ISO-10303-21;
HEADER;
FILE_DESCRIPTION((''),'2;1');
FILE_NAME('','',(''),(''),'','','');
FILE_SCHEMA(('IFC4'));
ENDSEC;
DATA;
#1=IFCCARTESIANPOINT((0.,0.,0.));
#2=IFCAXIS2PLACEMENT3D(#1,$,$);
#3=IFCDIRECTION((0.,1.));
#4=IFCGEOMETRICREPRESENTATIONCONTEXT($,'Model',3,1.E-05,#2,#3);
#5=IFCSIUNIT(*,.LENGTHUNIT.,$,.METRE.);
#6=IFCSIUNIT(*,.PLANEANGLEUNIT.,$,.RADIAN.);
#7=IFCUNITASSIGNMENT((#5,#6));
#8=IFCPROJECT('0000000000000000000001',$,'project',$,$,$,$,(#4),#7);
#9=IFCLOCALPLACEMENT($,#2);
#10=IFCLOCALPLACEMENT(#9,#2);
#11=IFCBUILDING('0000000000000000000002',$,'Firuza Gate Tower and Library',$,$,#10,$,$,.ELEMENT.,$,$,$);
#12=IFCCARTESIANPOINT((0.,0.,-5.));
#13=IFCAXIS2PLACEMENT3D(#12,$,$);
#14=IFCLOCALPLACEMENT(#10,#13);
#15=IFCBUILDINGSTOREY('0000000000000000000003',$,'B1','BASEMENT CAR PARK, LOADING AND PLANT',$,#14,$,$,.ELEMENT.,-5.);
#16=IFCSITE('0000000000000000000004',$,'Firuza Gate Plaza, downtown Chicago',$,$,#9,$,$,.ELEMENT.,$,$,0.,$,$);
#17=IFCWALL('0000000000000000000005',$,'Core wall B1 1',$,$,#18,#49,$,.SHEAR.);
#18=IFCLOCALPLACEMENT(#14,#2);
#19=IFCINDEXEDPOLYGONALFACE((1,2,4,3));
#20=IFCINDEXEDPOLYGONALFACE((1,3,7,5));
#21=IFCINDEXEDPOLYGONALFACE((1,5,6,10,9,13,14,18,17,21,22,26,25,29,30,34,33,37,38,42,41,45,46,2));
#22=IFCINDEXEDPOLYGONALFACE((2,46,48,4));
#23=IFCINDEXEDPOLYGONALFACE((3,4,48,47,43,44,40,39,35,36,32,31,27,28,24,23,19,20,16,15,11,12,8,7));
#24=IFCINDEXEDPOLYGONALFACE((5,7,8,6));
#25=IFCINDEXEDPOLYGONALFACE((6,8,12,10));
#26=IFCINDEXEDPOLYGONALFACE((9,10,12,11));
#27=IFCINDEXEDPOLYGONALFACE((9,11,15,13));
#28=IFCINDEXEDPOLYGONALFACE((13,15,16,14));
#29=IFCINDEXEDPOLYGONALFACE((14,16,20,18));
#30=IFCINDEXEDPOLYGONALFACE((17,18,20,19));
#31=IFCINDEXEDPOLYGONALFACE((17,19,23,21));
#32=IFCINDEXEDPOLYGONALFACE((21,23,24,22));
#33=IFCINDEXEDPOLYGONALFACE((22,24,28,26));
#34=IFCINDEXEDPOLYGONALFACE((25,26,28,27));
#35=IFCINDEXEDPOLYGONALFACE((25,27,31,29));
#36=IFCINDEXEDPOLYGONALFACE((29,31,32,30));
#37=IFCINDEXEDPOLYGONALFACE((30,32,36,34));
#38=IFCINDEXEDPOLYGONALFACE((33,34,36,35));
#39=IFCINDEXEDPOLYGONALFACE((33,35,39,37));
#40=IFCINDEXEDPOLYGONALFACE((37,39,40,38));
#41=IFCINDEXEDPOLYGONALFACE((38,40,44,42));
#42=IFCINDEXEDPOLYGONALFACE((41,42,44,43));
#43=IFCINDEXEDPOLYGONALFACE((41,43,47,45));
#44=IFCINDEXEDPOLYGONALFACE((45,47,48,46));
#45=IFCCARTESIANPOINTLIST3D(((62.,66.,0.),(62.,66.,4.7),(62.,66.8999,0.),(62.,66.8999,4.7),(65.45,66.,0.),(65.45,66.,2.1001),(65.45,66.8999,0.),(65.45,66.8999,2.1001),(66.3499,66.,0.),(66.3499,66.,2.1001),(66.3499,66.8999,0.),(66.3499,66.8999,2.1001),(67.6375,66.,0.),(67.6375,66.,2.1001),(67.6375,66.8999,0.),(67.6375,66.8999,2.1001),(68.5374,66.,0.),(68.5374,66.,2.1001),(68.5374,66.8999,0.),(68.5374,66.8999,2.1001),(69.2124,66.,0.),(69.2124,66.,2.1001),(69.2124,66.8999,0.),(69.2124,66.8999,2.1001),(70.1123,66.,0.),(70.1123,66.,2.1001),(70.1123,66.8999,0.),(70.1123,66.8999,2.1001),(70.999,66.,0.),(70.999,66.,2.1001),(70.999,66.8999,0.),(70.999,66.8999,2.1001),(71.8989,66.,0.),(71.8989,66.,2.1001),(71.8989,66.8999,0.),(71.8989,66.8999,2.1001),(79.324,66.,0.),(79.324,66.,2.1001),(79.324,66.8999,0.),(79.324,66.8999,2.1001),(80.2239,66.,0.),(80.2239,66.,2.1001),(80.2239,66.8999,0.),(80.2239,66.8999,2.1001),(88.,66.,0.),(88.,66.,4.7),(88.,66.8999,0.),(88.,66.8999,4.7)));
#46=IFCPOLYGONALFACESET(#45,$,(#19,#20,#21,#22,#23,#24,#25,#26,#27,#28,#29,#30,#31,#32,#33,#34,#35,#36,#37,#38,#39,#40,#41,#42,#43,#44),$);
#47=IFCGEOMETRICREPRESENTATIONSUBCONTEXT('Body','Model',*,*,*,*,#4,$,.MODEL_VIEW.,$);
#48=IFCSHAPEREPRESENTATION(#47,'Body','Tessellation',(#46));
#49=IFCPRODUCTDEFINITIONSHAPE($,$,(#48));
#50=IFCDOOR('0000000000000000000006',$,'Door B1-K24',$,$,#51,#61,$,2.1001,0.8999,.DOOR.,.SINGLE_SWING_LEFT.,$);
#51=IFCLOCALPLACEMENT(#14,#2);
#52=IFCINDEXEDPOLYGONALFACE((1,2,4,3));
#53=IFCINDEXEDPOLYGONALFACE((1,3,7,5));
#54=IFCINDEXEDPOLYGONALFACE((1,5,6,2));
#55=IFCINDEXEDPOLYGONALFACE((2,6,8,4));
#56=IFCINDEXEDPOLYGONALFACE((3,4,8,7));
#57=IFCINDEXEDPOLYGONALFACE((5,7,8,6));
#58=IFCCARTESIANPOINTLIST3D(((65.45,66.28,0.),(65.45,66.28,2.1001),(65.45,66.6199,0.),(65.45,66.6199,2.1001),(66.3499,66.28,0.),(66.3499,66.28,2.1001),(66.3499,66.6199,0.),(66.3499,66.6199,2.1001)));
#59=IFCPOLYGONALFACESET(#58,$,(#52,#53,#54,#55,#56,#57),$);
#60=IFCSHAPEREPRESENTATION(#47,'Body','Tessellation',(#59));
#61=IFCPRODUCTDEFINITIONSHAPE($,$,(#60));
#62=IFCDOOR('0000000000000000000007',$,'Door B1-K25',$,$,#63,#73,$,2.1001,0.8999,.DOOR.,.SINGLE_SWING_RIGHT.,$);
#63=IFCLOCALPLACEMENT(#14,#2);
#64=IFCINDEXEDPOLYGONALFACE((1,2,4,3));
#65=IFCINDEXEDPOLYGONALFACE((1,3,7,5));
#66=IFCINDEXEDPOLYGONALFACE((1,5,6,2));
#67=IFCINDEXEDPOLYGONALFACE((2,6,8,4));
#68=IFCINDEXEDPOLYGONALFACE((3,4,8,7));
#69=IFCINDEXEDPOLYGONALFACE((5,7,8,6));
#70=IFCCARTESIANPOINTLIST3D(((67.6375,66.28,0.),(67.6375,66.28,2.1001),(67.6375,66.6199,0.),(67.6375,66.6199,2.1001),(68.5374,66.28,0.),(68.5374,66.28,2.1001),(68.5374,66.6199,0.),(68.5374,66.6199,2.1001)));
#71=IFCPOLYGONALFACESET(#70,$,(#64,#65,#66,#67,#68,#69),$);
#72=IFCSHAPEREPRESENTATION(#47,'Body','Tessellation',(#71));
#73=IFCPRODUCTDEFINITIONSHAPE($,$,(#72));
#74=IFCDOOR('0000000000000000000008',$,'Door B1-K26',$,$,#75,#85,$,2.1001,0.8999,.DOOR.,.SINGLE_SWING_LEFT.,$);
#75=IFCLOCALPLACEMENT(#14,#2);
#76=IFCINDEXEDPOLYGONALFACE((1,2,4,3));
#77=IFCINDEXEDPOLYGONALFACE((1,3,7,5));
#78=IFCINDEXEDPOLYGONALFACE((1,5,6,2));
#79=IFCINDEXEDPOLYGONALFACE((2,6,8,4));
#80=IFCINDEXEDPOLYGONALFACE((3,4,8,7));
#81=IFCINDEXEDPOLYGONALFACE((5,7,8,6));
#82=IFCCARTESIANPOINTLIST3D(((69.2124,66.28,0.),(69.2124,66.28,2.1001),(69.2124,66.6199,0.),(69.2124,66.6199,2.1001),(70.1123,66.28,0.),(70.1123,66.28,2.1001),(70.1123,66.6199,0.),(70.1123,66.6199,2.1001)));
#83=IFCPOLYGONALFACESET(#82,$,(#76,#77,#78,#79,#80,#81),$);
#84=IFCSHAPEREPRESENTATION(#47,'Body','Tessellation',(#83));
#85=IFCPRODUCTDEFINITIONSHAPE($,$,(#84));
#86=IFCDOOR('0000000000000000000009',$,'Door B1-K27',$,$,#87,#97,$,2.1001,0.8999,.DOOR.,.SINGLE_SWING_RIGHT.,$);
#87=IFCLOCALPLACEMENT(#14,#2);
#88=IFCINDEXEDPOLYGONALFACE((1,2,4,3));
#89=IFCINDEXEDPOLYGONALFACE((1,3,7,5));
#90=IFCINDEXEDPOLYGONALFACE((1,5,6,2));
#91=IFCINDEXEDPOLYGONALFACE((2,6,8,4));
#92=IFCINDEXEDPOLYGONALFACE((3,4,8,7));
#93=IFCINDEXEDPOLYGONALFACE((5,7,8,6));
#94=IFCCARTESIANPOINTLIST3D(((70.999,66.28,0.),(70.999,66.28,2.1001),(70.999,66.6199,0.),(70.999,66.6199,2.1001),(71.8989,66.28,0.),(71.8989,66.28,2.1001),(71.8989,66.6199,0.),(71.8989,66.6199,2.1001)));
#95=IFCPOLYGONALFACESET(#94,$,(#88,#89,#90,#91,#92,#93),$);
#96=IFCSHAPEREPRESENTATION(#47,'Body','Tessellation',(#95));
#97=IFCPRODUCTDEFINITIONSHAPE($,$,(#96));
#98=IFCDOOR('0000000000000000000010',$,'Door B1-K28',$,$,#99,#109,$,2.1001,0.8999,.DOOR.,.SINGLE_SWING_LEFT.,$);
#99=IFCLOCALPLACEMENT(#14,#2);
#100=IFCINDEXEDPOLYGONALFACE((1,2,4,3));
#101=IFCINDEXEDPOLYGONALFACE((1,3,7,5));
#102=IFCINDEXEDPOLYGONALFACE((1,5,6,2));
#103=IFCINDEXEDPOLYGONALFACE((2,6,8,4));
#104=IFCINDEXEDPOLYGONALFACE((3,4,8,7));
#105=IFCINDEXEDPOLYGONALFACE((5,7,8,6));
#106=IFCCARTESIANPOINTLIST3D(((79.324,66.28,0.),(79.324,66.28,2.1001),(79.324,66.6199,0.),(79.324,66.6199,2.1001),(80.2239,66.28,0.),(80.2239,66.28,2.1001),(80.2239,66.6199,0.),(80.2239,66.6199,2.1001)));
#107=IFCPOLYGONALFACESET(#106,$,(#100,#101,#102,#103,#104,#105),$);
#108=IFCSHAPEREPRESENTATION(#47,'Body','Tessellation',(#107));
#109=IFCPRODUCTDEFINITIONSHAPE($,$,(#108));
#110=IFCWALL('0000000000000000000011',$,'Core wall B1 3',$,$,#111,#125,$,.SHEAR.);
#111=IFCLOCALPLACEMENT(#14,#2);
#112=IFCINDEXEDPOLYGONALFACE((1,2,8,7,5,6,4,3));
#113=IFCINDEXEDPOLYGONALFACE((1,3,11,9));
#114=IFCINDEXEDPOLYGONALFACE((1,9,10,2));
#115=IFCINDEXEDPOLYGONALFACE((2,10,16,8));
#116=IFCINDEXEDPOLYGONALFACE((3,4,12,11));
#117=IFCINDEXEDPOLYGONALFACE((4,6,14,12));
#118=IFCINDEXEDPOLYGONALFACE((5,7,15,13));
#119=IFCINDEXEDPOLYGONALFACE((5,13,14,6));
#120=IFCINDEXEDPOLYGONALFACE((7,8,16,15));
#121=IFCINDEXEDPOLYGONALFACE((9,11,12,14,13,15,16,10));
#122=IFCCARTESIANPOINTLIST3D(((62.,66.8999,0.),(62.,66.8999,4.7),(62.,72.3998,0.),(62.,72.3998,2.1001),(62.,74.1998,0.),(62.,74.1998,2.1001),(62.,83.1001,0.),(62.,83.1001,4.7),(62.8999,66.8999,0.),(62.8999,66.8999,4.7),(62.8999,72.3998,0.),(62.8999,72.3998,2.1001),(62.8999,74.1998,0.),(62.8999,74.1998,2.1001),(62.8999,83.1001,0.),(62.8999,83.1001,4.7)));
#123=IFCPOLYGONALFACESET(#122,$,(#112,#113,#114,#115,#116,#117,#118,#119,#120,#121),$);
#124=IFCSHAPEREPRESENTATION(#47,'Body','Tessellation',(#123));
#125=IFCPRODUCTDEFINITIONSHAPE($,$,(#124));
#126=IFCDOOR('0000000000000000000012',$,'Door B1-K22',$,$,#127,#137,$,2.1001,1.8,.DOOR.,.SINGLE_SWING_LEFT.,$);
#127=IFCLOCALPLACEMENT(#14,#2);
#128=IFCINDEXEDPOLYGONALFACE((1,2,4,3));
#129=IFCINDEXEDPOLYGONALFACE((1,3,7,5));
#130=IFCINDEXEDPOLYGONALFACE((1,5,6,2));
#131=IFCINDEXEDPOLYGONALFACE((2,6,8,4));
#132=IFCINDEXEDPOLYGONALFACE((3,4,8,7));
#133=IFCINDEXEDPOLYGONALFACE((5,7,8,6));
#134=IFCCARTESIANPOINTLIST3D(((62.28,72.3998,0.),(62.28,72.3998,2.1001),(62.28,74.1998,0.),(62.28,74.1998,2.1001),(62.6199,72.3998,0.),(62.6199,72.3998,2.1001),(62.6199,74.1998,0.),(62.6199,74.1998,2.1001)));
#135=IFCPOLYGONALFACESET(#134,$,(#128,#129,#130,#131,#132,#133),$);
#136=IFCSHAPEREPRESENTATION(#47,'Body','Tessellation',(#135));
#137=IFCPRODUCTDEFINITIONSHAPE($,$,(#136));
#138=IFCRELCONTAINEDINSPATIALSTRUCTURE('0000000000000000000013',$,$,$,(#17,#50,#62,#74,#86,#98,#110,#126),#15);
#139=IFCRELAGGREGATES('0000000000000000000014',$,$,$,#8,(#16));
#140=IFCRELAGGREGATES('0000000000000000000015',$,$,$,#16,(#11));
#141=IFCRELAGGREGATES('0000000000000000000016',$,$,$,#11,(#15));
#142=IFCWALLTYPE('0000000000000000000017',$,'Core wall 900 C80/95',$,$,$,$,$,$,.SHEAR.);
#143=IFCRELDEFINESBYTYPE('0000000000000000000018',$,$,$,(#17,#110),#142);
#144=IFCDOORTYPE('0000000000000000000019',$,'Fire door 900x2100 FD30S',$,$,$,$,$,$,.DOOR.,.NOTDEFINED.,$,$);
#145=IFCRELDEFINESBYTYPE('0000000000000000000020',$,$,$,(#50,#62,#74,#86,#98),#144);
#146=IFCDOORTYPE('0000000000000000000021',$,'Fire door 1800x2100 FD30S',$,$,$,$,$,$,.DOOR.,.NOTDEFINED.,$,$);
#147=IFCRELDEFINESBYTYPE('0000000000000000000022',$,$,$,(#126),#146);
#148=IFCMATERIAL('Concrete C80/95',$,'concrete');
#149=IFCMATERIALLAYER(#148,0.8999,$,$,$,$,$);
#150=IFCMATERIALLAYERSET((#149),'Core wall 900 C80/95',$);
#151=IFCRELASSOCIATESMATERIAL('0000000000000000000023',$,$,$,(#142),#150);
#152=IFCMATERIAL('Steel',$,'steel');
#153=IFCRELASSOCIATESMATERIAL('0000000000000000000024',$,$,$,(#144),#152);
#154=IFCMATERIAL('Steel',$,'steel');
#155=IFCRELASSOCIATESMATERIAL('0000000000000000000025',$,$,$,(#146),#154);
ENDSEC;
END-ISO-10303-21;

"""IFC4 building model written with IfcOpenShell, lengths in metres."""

from ifc_helpers import new_model, si_unit, direction, frame, frame_2d, origin, place, context, subcontext, project, spatial, rectangle, extrude, material, layer, layer_set, type_object, element, fill, save


model = new_model("IFC4")

# Units and contexts
model_context = context("Model", 3, precision=1e-05, world=origin(), true_north=direction((0.0, 1.0)))
body_context = subcontext(model_context, "Body", "Model", "MODEL_VIEW")
ifc_project = project(units=[si_unit("LENGTHUNIT", "METRE"), si_unit("PLANEANGLEUNIT", "RADIAN")], contexts=[model_context])

# Site, building, storey
site_placement = place(None, origin())
site = spatial("IfcSite", under=ifc_project, at=site_placement, Name="Firuza Gate Plaza, downtown Chicago", CompositionType="ELEMENT", RefElevation=0.0)
building_placement = place(site_placement, origin())
building = spatial("IfcBuilding", under=site, at=building_placement, Name="Firuza Gate Tower and Library", CompositionType="ELEMENT")
storey_placement = place(building_placement, frame((0.0, 0.0, -5.0)))
storey = spatial("IfcBuildingStorey", under=building, at=storey_placement, Name="B1", Description="BASEMENT CAR PARK, LOADING AND PLANT", CompositionType="ELEMENT", Elevation=-5.0)

# Wall, openings, doors
ifc_material_1 = material(Name="Concrete C80/95", Category="concrete")
ifc_layer_1 = layer(ifc_material_1, 0.8999)
ifc_layer_set_1 = layer_set([ifc_layer_1], Name="Core wall 900 C80/95")
wall_type_1 = type_object("IfcWallType", Name="Core wall 900 C80/95", PredefinedType="SHEAR", material=ifc_layer_set_1)
wall_1_placement = place(storey_placement, frame((62.0, 66.45, 0.0), z_axis=(0.0, 0.0, 1.0), x_axis=(1.0, 0.0, 0.0)))
wall_1 = element("IfcWall", 1, at=wall_1_placement, inside=storey, type_object=wall_type_1, Name="Core wall B1 1", PredefinedType="SHEAR", context=body_context, shape_type="SweptSolid", body=[
    extrude(rectangle(XDim=26.0, YDim=0.8999, at=frame_2d((13.0, 0.0))), origin(), (0.0, 0.0, 1.0), 4.7),
])
opening_1_placement = place(wall_1_placement, frame((3.45, 0.0, 0.0)))
opening_1 = element("IfcOpeningElement", 2, at=opening_1_placement, cuts=wall_1, PredefinedType="OPENING", context=body_context, shape_type="SweptSolid", body=[
    extrude(rectangle(XDim=0.8999, YDim=2.1001, at=frame_2d((0.45, 1.05))), frame((0.0, 0.46, 0.0), z_axis=(0.0, -1.0, 0.0), x_axis=(1.0, 0.0, 0.0)), (0.0, 0.0, 1.0), 0.9199),
])
opening_2_placement = place(wall_1_placement, frame((5.6375, 0.0, 0.0)))
opening_2 = element("IfcOpeningElement", 3, at=opening_2_placement, cuts=wall_1, PredefinedType="OPENING", context=body_context, shape_type="SweptSolid", body=[
    extrude(rectangle(XDim=0.8999, YDim=2.1001, at=frame_2d((0.45, 1.05))), frame((0.0, 0.46, 0.0), z_axis=(0.0, -1.0, 0.0), x_axis=(1.0, 0.0, 0.0)), (0.0, 0.0, 1.0), 0.9199),
])
opening_3_placement = place(wall_1_placement, frame((7.2124, 0.0, 0.0)))
opening_3 = element("IfcOpeningElement", 4, at=opening_3_placement, cuts=wall_1, PredefinedType="OPENING", context=body_context, shape_type="SweptSolid", body=[
    extrude(rectangle(XDim=0.8999, YDim=2.1001, at=frame_2d((0.45, 1.05))), frame((0.0, 0.46, 0.0), z_axis=(0.0, -1.0, 0.0), x_axis=(1.0, 0.0, 0.0)), (0.0, 0.0, 1.0), 0.9199),
])
opening_4_placement = place(wall_1_placement, frame((8.999, 0.0, 0.0)))
opening_4 = element("IfcOpeningElement", 5, at=opening_4_placement, cuts=wall_1, PredefinedType="OPENING", context=body_context, shape_type="SweptSolid", body=[
    extrude(rectangle(XDim=0.8999, YDim=2.1001, at=frame_2d((0.45, 1.05))), frame((0.0, 0.46, 0.0), z_axis=(0.0, -1.0, 0.0), x_axis=(1.0, 0.0, 0.0)), (0.0, 0.0, 1.0), 0.9199),
])
opening_5_placement = place(wall_1_placement, frame((17.324, 0.0, 0.0)))
opening_5 = element("IfcOpeningElement", 6, at=opening_5_placement, cuts=wall_1, PredefinedType="OPENING", context=body_context, shape_type="SweptSolid", body=[
    extrude(rectangle(XDim=0.8999, YDim=2.1001, at=frame_2d((0.45, 1.05))), frame((0.0, 0.46, 0.0), z_axis=(0.0, -1.0, 0.0), x_axis=(1.0, 0.0, 0.0)), (0.0, 0.0, 1.0), 0.9199),
])
ifc_material_2 = material(Name="Steel", Category="steel")
door_type_1 = type_object("IfcDoorType", Name="Fire door 900x2100 FD30S", OperationType="NOTDEFINED", PredefinedType="DOOR", material=ifc_material_2)
door_1_placement = place(opening_1_placement, origin())
door_1 = element("IfcDoor", 7, at=door_1_placement, inside=storey, type_object=door_type_1, Name="Door B1-K24", OperationType="SINGLE_SWING_LEFT", OverallHeight=2.1001, OverallWidth=0.8999, PredefinedType="DOOR", context=body_context, shape_type="SweptSolid", body=[
    extrude(rectangle(XDim=0.8999, YDim=2.1001, at=frame_2d((0.45, 1.05))), frame((0.0, 0.1699, 0.0), z_axis=(0.0, -1.0, 0.0), x_axis=(1.0, 0.0, 0.0)), (0.0, 0.0, 1.0), 0.3398),
])
fill(opening_1, door_1)
door_2_placement = place(opening_2_placement, origin())
door_2 = element("IfcDoor", 8, at=door_2_placement, inside=storey, type_object=door_type_1, Name="Door B1-K25", OperationType="SINGLE_SWING_RIGHT", OverallHeight=2.1001, OverallWidth=0.8999, PredefinedType="DOOR", context=body_context, shape_type="SweptSolid", body=[
    extrude(rectangle(XDim=0.8999, YDim=2.1001, at=frame_2d((0.45, 1.05))), frame((0.0, 0.1699, 0.0), z_axis=(0.0, -1.0, 0.0), x_axis=(1.0, 0.0, 0.0)), (0.0, 0.0, 1.0), 0.3398),
])
fill(opening_2, door_2)
door_3_placement = place(opening_3_placement, origin())
door_3 = element("IfcDoor", 9, at=door_3_placement, inside=storey, type_object=door_type_1, Name="Door B1-K26", OperationType="SINGLE_SWING_LEFT", OverallHeight=2.1001, OverallWidth=0.8999, PredefinedType="DOOR", context=body_context, shape_type="SweptSolid", body=[
    extrude(rectangle(XDim=0.8999, YDim=2.1001, at=frame_2d((0.45, 1.05))), frame((0.0, 0.1699, 0.0), z_axis=(0.0, -1.0, 0.0), x_axis=(1.0, 0.0, 0.0)), (0.0, 0.0, 1.0), 0.3398),
])
fill(opening_3, door_3)
door_4_placement = place(opening_4_placement, origin())
door_4 = element("IfcDoor", 10, at=door_4_placement, inside=storey, type_object=door_type_1, Name="Door B1-K27", OperationType="SINGLE_SWING_RIGHT", OverallHeight=2.1001, OverallWidth=0.8999, PredefinedType="DOOR", context=body_context, shape_type="SweptSolid", body=[
    extrude(rectangle(XDim=0.8999, YDim=2.1001, at=frame_2d((0.45, 1.05))), frame((0.0, 0.1699, 0.0), z_axis=(0.0, -1.0, 0.0), x_axis=(1.0, 0.0, 0.0)), (0.0, 0.0, 1.0), 0.3398),
])
fill(opening_4, door_4)
door_5_placement = place(opening_5_placement, origin())
door_5 = element("IfcDoor", 11, at=door_5_placement, inside=storey, type_object=door_type_1, Name="Door B1-K28", OperationType="SINGLE_SWING_LEFT", OverallHeight=2.1001, OverallWidth=0.8999, PredefinedType="DOOR", context=body_context, shape_type="SweptSolid", body=[
    extrude(rectangle(XDim=0.8999, YDim=2.1001, at=frame_2d((0.45, 1.05))), frame((0.0, 0.1699, 0.0), z_axis=(0.0, -1.0, 0.0), x_axis=(1.0, 0.0, 0.0)), (0.0, 0.0, 1.0), 0.3398),
])
fill(opening_5, door_5)

# Wall, opening, door
wall_2_placement = place(storey_placement, frame((62.45, 66.8999, 0.0), z_axis=(0.0, 0.0, 1.0), x_axis=(0.0, 1.0, 0.0)))
wall_2 = element("IfcWall", 12, at=wall_2_placement, inside=storey, type_object=wall_type_1, Name="Core wall B1 3", PredefinedType="SHEAR", context=body_context, shape_type="SweptSolid", body=[
    extrude(rectangle(XDim=16.2002, YDim=0.8999, at=frame_2d((8.1001, 0.0))), origin(), (0.0, 0.0, 1.0), 4.7),
])
opening_6_placement = place(wall_2_placement, frame((5.5, 0.0, 0.0)))
opening_6 = element("IfcOpeningElement", 13, at=opening_6_placement, cuts=wall_2, PredefinedType="OPENING", context=body_context, shape_type="SweptSolid", body=[
    extrude(rectangle(XDim=1.8, YDim=2.1001, at=frame_2d((0.8999, 1.05))), frame((0.0, 0.46, 0.0), z_axis=(0.0, -1.0, 0.0), x_axis=(1.0, 0.0, 0.0)), (0.0, 0.0, 1.0), 0.9199),
])
ifc_material_3 = material(Name="Steel", Category="steel")
door_type_2 = type_object("IfcDoorType", Name="Fire door 1800x2100 FD30S", OperationType="NOTDEFINED", PredefinedType="DOOR", material=ifc_material_3)
door_6_placement = place(opening_6_placement, origin())
door_6 = element("IfcDoor", 14, at=door_6_placement, inside=storey, type_object=door_type_2, Name="Door B1-K22", OperationType="SINGLE_SWING_LEFT", OverallHeight=2.1001, OverallWidth=1.8, PredefinedType="DOOR", context=body_context, shape_type="SweptSolid", body=[
    extrude(rectangle(XDim=1.8, YDim=2.1001, at=frame_2d((0.8999, 1.05))), frame((0.0, 0.1699, 0.0), z_axis=(0.0, -1.0, 0.0), x_axis=(1.0, 0.0, 0.0)), (0.0, 0.0, 1.0), 0.3398),
])
fill(opening_6, door_6)

save(model, "model.ifc")
